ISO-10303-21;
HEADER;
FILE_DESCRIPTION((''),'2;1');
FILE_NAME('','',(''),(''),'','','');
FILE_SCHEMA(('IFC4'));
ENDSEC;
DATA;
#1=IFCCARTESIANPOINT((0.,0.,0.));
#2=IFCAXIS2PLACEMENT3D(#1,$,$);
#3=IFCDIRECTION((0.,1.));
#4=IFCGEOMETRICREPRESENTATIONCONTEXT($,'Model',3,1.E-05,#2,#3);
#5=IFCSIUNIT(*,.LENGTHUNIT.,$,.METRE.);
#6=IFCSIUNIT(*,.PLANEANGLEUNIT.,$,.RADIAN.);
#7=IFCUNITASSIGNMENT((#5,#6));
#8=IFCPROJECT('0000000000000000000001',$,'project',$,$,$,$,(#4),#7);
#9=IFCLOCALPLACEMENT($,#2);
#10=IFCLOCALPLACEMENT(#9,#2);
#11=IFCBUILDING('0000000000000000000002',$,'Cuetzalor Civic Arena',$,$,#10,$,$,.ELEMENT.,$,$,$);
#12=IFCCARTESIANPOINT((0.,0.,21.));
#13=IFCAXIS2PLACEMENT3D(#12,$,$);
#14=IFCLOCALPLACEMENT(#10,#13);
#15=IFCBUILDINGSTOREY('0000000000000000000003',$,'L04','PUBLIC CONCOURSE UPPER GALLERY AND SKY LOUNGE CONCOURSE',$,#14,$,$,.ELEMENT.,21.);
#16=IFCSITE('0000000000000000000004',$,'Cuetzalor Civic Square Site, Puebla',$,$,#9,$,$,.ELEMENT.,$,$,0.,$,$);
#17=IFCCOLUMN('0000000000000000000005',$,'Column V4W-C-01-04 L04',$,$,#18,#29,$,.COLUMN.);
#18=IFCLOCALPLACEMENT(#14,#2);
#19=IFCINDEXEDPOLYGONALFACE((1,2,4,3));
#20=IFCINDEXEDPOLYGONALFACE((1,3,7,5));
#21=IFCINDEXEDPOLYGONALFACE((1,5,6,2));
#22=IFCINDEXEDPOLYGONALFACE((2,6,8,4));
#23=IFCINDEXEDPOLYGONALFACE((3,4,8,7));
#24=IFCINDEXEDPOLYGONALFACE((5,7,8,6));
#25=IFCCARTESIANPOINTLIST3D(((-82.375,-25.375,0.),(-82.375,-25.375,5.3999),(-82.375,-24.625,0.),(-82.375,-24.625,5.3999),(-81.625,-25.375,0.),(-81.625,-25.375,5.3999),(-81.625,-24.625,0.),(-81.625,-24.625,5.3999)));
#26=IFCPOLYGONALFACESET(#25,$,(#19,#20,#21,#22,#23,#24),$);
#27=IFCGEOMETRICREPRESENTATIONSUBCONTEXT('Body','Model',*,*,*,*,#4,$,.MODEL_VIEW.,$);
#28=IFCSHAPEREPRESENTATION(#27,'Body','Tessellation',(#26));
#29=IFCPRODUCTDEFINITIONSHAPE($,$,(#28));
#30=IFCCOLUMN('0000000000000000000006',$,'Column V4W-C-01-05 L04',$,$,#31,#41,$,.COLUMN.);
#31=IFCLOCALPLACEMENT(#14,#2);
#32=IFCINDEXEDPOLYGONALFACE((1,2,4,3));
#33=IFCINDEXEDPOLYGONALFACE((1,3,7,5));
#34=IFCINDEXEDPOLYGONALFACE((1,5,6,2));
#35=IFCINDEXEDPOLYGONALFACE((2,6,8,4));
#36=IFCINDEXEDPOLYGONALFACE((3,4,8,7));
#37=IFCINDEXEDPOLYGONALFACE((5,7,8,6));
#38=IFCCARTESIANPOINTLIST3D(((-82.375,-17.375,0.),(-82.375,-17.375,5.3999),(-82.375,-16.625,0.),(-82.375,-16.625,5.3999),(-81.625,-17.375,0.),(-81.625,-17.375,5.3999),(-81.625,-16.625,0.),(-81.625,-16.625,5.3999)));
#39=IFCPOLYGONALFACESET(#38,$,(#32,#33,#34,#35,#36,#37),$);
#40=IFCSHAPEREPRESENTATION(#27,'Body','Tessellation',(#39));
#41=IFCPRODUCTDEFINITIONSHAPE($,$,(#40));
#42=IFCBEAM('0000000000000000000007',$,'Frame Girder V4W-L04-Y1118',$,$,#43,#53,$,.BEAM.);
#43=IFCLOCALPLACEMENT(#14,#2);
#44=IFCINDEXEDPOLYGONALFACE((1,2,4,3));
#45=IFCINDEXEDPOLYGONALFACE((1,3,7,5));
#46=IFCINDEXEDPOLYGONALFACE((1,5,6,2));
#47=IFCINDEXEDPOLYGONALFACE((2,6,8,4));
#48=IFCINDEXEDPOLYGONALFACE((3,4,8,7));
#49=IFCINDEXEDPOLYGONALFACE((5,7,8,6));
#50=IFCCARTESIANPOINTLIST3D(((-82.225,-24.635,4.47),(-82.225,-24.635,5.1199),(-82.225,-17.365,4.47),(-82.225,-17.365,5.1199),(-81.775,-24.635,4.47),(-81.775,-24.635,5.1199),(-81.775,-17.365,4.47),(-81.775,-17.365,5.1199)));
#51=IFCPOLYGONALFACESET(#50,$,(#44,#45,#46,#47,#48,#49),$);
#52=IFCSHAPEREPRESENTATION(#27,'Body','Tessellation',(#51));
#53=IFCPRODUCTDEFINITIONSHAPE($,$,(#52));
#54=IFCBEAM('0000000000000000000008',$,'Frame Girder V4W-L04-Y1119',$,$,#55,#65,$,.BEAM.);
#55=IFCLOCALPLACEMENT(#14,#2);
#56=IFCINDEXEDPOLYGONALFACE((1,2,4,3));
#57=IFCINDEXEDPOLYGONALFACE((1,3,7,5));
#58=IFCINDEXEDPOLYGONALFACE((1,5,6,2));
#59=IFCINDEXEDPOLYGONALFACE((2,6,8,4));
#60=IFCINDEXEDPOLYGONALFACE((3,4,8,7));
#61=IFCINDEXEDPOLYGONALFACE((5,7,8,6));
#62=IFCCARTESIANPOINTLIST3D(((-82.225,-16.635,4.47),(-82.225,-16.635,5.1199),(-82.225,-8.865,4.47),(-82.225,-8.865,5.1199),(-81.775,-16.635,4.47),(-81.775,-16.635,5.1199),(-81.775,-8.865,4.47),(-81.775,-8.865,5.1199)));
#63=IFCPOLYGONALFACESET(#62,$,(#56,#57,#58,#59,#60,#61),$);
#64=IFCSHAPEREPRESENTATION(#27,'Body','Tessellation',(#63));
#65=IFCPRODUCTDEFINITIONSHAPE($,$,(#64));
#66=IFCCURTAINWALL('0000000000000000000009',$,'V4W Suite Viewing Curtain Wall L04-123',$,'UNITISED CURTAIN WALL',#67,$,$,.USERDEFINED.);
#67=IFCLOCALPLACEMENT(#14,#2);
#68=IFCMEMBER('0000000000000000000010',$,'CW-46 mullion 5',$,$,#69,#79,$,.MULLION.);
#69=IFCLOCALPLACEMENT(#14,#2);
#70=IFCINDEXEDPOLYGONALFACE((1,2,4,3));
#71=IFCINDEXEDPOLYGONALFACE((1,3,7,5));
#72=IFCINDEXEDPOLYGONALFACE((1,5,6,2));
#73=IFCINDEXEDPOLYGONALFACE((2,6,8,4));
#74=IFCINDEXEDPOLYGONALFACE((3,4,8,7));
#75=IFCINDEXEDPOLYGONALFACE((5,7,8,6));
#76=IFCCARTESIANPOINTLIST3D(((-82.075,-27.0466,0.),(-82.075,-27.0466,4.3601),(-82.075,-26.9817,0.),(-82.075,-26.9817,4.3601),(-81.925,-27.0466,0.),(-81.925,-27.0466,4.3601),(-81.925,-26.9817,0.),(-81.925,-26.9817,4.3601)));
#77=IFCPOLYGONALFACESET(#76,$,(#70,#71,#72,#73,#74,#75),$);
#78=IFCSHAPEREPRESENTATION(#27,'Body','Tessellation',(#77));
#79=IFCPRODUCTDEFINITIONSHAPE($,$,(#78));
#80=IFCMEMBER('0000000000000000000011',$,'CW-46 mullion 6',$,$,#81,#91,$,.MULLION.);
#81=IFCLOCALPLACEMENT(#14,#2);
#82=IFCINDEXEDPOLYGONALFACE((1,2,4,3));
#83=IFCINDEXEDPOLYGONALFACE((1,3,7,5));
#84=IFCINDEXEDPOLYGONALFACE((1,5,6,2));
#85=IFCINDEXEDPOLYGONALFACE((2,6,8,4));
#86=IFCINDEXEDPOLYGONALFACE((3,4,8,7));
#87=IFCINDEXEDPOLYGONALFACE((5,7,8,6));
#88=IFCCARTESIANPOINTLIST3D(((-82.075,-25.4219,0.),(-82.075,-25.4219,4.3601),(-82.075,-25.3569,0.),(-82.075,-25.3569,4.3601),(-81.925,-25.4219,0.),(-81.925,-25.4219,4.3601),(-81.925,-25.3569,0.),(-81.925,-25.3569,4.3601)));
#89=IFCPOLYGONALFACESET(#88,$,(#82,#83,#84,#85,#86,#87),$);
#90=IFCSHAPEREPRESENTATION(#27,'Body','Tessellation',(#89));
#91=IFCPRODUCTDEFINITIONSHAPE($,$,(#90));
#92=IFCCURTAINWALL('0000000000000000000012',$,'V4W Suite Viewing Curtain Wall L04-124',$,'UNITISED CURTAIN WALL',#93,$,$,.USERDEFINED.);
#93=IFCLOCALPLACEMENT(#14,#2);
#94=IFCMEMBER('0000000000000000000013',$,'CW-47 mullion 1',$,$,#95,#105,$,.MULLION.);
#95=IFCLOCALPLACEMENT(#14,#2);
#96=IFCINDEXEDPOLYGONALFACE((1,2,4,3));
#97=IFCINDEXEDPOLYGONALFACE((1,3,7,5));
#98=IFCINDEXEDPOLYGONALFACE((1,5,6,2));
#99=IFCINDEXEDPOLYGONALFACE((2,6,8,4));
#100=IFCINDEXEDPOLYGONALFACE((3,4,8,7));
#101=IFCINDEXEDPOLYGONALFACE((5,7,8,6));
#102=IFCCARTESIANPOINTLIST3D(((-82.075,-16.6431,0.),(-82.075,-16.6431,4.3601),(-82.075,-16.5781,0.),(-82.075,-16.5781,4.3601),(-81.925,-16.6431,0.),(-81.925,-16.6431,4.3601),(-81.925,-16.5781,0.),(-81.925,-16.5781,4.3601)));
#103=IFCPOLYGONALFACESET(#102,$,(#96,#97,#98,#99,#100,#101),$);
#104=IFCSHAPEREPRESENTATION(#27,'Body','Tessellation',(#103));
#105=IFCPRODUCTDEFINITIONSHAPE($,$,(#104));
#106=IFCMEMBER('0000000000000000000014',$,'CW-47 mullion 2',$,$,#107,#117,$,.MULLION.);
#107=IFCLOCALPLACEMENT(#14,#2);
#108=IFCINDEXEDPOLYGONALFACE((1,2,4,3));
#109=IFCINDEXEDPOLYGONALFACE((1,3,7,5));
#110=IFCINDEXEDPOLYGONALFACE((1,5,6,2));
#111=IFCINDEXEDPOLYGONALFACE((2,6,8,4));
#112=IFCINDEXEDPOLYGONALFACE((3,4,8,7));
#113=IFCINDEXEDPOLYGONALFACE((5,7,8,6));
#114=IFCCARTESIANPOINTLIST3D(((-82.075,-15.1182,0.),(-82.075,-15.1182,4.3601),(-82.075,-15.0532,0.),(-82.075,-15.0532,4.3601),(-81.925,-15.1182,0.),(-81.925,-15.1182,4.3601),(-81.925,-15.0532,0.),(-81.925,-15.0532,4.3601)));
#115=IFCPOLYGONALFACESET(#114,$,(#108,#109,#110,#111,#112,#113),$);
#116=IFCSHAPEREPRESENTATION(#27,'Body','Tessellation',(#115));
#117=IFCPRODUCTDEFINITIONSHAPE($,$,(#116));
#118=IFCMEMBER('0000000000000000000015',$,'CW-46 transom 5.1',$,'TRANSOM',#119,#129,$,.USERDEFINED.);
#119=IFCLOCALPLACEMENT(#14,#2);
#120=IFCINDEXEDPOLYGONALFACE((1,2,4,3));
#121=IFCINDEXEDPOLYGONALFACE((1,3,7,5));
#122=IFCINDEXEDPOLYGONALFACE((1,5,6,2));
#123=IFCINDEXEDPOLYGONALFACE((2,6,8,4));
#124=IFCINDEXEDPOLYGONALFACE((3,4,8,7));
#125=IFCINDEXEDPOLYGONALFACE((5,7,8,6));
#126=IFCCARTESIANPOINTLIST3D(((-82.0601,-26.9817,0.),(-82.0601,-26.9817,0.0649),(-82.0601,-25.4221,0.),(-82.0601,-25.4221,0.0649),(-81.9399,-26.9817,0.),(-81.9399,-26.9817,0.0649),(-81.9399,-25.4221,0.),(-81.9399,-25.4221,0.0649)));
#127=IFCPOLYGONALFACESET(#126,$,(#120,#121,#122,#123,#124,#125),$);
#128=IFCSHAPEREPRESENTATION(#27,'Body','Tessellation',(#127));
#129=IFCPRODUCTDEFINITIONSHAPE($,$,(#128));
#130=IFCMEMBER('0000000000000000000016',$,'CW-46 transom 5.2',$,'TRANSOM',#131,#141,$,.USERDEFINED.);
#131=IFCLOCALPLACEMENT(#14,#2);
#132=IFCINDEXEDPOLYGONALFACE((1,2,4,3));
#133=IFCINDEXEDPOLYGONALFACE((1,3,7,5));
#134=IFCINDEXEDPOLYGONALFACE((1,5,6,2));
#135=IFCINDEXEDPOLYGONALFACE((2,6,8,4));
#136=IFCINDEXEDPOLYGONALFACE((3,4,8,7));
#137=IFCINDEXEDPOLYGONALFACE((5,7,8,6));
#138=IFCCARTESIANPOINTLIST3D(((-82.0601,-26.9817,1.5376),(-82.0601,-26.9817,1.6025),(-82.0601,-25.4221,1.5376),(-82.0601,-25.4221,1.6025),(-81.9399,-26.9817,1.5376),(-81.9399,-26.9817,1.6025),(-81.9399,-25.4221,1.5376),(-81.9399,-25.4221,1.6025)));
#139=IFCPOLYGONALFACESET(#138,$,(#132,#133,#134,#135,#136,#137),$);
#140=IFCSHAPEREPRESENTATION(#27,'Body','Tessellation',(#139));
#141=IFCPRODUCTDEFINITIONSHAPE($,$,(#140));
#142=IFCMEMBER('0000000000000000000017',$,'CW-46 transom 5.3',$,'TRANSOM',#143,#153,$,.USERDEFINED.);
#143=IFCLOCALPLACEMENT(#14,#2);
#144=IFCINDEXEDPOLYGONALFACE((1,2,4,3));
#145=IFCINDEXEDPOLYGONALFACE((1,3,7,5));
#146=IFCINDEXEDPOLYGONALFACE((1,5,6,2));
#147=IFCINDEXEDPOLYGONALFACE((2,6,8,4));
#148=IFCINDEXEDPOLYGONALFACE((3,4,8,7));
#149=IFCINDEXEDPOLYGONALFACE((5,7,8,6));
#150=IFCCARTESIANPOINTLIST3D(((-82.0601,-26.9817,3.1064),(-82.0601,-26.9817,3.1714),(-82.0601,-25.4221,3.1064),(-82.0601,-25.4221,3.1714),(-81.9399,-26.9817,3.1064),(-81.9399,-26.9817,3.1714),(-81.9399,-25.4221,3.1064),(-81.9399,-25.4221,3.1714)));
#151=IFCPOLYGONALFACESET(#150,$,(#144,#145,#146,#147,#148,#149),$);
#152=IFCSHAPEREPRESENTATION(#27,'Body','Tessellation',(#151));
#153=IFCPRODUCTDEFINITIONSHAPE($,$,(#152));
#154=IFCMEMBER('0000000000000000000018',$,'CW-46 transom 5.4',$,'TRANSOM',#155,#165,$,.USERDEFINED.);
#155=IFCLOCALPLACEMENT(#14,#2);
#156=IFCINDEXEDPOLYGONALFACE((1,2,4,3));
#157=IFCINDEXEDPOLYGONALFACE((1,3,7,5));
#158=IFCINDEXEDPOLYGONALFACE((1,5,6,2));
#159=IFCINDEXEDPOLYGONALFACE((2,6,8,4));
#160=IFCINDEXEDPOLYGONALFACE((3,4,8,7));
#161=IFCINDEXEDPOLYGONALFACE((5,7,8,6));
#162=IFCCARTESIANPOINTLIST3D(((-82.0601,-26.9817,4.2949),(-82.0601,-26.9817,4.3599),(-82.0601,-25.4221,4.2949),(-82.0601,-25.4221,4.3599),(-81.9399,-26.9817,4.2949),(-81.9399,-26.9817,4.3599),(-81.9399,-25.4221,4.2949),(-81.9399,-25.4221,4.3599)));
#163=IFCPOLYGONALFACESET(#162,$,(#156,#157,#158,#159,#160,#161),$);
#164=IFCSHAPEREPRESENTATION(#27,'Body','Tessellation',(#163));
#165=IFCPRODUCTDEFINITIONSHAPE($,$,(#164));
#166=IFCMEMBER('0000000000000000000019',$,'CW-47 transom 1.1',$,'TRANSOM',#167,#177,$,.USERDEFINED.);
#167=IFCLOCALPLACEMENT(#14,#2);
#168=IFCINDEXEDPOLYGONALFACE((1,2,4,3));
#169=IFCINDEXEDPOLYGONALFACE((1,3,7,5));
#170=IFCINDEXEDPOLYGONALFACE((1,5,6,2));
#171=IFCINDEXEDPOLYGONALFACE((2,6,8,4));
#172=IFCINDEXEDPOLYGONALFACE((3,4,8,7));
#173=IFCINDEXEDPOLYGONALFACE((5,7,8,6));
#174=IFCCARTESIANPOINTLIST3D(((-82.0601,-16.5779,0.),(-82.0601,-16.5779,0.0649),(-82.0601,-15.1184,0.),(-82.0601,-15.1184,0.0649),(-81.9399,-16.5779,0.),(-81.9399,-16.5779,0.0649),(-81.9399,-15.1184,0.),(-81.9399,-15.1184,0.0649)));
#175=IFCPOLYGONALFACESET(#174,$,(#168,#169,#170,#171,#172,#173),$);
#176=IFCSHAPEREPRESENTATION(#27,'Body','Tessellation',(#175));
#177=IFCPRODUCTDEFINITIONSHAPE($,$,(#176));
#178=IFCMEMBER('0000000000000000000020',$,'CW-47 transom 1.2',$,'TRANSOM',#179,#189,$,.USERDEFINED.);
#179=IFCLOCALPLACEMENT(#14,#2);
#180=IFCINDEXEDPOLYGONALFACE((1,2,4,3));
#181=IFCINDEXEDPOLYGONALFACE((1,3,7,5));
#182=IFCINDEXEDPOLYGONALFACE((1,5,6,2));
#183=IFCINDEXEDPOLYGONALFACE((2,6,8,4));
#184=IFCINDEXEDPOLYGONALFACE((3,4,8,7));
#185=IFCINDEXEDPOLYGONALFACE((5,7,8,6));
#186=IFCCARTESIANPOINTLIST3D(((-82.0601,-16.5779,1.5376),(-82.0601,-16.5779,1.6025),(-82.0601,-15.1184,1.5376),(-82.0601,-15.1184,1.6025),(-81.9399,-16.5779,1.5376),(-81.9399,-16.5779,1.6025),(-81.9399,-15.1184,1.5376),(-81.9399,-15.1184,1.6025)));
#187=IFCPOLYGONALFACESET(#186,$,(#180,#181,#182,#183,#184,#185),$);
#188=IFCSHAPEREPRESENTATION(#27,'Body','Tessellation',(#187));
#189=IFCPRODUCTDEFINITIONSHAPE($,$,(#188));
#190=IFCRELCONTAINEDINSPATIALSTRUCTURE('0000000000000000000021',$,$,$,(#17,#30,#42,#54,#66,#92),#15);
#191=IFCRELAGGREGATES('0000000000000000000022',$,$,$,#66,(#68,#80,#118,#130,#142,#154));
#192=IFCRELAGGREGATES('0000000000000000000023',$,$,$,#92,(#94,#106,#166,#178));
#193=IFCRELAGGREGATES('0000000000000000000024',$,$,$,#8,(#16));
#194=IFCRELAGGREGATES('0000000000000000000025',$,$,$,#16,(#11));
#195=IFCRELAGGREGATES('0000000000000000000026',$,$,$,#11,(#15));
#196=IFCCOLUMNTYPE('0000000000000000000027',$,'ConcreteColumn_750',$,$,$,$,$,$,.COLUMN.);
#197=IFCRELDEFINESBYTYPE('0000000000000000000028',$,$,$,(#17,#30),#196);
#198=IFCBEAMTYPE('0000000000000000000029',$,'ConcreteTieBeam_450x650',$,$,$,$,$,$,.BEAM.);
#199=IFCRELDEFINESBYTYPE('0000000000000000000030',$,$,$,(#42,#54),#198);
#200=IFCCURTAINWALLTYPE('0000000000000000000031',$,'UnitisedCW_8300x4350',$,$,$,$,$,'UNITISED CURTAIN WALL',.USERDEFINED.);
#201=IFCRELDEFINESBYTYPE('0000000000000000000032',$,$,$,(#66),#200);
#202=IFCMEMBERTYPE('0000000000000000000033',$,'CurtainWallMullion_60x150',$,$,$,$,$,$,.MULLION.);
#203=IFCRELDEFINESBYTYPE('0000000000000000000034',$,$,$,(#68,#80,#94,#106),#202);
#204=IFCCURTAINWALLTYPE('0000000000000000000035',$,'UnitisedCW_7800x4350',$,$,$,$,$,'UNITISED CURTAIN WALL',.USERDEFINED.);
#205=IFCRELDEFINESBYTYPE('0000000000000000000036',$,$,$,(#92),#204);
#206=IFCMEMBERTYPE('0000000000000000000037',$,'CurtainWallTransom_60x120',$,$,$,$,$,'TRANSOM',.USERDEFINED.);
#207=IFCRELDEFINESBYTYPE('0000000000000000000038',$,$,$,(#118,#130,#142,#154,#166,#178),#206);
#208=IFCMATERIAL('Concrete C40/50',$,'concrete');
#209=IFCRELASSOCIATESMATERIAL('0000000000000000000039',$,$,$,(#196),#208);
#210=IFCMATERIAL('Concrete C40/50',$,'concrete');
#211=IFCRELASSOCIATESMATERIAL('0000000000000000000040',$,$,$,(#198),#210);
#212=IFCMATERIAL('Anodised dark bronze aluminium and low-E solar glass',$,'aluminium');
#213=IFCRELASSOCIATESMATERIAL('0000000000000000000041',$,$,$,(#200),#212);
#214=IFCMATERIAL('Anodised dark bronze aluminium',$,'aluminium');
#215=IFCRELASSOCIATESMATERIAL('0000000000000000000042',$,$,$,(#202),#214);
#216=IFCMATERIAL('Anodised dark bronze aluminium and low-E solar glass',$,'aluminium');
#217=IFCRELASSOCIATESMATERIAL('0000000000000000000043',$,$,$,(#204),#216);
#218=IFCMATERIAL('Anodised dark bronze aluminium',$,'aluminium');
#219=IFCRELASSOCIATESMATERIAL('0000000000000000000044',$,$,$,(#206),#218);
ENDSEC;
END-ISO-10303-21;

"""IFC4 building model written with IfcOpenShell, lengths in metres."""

from ifc_helpers import new_model, si_unit, direction, frame, origin, origin_2d, place, context, subcontext, project, spatial, rectangle, extrude, material, material_profile, profile_set, type_object, element, aggregate, save


model = new_model("IFC4")

# Units and contexts
model_context = context("Model", 3, precision=1e-05, world=origin(), true_north=direction((0.0, 1.0)))
body_context = subcontext(model_context, "Body", "Model", "MODEL_VIEW")
ifc_project = project(units=[si_unit("LENGTHUNIT", "METRE"), si_unit("PLANEANGLEUNIT", "RADIAN")], contexts=[model_context])

# Site, building, storey
site_placement = place(None, origin())
site = spatial("IfcSite", under=ifc_project, at=site_placement, Name="Cuetzalor Civic Square Site, Puebla", CompositionType="ELEMENT", RefElevation=0.0)
building_placement = place(site_placement, origin())
building = spatial("IfcBuilding", under=site, at=building_placement, Name="Cuetzalor Civic Arena", CompositionType="ELEMENT")
storey_placement = place(building_placement, frame((0.0, 0.0, 21.0)))
storey = spatial("IfcBuildingStorey", under=building, at=storey_placement, Name="L04", Description="PUBLIC CONCOURSE UPPER GALLERY AND SKY LOUNGE CONCOURSE", CompositionType="ELEMENT", Elevation=21.0)

# Columns
ifc_material_1 = material(Name="Concrete C40/50", Category="concrete")
ifc_material_profile_1 = material_profile(ifc_material_1, rectangle(XDim=0.75, YDim=0.75, at=origin_2d()), Name="RC 750x750")
ifc_profile_set_1 = profile_set([ifc_material_profile_1], Name="Concrete C40/50")
column_type = type_object("IfcColumnType", Name="ConcreteColumn_750", PredefinedType="COLUMN", material=ifc_profile_set_1)
for number, where, z_axis, x_axis, name in (
    (1, (-82.0, -25.0, 0.0), (0.0, 0.0, 1.0), (1.0, 0.0, 0.0), "Column V4W-C-01-04 L04"),
    (2, (-82.0, -17.0, 0.0), (0.0, 0.0, 1.0), (1.0, 0.0, 0.0), "Column V4W-C-01-05 L04"),
):
    element("IfcColumn", number, at=place(storey_placement, frame(where, z_axis=z_axis, x_axis=x_axis)), inside=storey, type_object=column_type, Name=name, PredefinedType="COLUMN", context=body_context, shape_type="SweptSolid", body=[
        extrude(rectangle(XDim=0.75, YDim=0.75, at=origin_2d()), origin(), (0.0, 0.0, 1.0), 5.3999),
    ])

# Beams
ifc_material_2 = material(Name="Concrete C40/50", Category="concrete")
ifc_material_profile_2 = material_profile(ifc_material_2, rectangle(XDim=0.45, YDim=0.6499, at=origin_2d()), Name="RC 450x650")
ifc_profile_set_2 = profile_set([ifc_material_profile_2], Name="Concrete C40/50")
beam_type = type_object("IfcBeamType", Name="ConcreteTieBeam_450x650", PredefinedType="BEAM", material=ifc_profile_set_2)
beam_1_placement = place(storey_placement, frame((-82.0, -24.635, 4.7949), z_axis=(0.0, 1.0, 0.0), x_axis=(-1.0, 0.0, 0.0)))
element("IfcBeam", 3, at=beam_1_placement, inside=storey, type_object=beam_type, Name="Frame Girder V4W-L04-Y1118", PredefinedType="BEAM", context=body_context, shape_type="SweptSolid", body=[
    extrude(rectangle(XDim=0.45, YDim=0.6499, at=origin_2d()), origin(), (0.0, 0.0, 1.0), 7.27),
])
beam_2_placement = place(storey_placement, frame((-82.0, -16.635, 4.7949), z_axis=(0.0, 1.0, 0.0), x_axis=(-1.0, 0.0, 0.0)))
element("IfcBeam", 4, at=beam_2_placement, inside=storey, type_object=beam_type, Name="Frame Girder V4W-L04-Y1119", PredefinedType="BEAM", context=body_context, shape_type="SweptSolid", body=[
    extrude(rectangle(XDim=0.45, YDim=0.6499, at=origin_2d()), origin(), (0.0, 0.0, 1.0), 7.77),
])

# Curtain walls, members
ifc_material_3 = material(Name="Anodised dark bronze aluminium and low-E solar glass", Category="aluminium")
curtain_wall_type_1 = type_object("IfcCurtainWallType", Name="UnitisedCW_8300x4350", ElementType="UNITISED CURTAIN WALL", PredefinedType="USERDEFINED", material=ifc_material_3)
curtain_wall_1_placement = place(storey_placement, origin())
curtain_wall_1 = element("IfcCurtainWall", 5, at=curtain_wall_1_placement, inside=storey, type_object=curtain_wall_type_1, Name="V4W Suite Viewing Curtain Wall L04-123", ObjectType="UNITISED CURTAIN WALL", PredefinedType="USERDEFINED")
ifc_material_4 = material(Name="Anodised dark bronze aluminium", Category="aluminium")
ifc_material_profile_3 = material_profile(ifc_material_4, rectangle(XDim=0.0649, YDim=0.1499, at=origin_2d()), Name="ALU MULLION 65x150")
ifc_profile_set_3 = profile_set([ifc_material_profile_3], Name="Anodised dark bronze aluminium")
member_type_1 = type_object("IfcMemberType", Name="CurtainWallMullion_60x150", PredefinedType="MULLION", material=ifc_profile_set_3)
member_1_placement = place(storey_placement, frame((-82.0, -27.0142, 0.0), z_axis=(0.0, 0.0, 1.0), x_axis=(0.0, 1.0, 0.0)))
member_1 = element("IfcMember", 6, at=member_1_placement, type_object=member_type_1, Name="CW-46 mullion 5", PredefinedType="MULLION", context=body_context, shape_type="SweptSolid", body=[
    extrude(rectangle(XDim=0.0649, YDim=0.1499, at=origin_2d()), origin(), (0.0, 0.0, 1.0), 4.3601),
])
member_2_placement = place(storey_placement, frame((-82.0, -25.3894, 0.0), z_axis=(0.0, 0.0, 1.0), x_axis=(0.0, 1.0, 0.0)))
member_2 = element("IfcMember", 7, at=member_2_placement, type_object=member_type_1, Name="CW-46 mullion 6", PredefinedType="MULLION", context=body_context, shape_type="SweptSolid", body=[
    extrude(rectangle(XDim=0.0649, YDim=0.1499, at=origin_2d()), origin(), (0.0, 0.0, 1.0), 4.3601),
])
ifc_material_5 = material(Name="Anodised dark bronze aluminium and low-E solar glass", Category="aluminium")
curtain_wall_type_2 = type_object("IfcCurtainWallType", Name="UnitisedCW_7800x4350", ElementType="UNITISED CURTAIN WALL", PredefinedType="USERDEFINED", material=ifc_material_5)
curtain_wall_2_placement = place(storey_placement, origin())
curtain_wall_2 = element("IfcCurtainWall", 8, at=curtain_wall_2_placement, inside=storey, type_object=curtain_wall_type_2, Name="V4W Suite Viewing Curtain Wall L04-124", ObjectType="UNITISED CURTAIN WALL", PredefinedType="USERDEFINED")
member_3_placement = place(storey_placement, frame((-82.0, -16.6106, 0.0), z_axis=(0.0, 0.0, 1.0), x_axis=(0.0, 1.0, 0.0)))
member_3 = element("IfcMember", 9, at=member_3_placement, type_object=member_type_1, Name="CW-47 mullion 1", PredefinedType="MULLION", context=body_context, shape_type="SweptSolid", body=[
    extrude(rectangle(XDim=0.0649, YDim=0.1499, at=origin_2d()), origin(), (0.0, 0.0, 1.0), 4.3601),
])
member_4_placement = place(storey_placement, frame((-82.0, -15.0857, 0.0), z_axis=(0.0, 0.0, 1.0), x_axis=(0.0, 1.0, 0.0)))
member_4 = element("IfcMember", 10, at=member_4_placement, type_object=member_type_1, Name="CW-47 mullion 2", PredefinedType="MULLION", context=body_context, shape_type="SweptSolid", body=[
    extrude(rectangle(XDim=0.0649, YDim=0.1499, at=origin_2d()), origin(), (0.0, 0.0, 1.0), 4.3601),
])

# Members
ifc_material_6 = material(Name="Anodised dark bronze aluminium", Category="aluminium")
ifc_material_profile_4 = material_profile(ifc_material_6, rectangle(XDim=0.1201, YDim=0.0649, at=origin_2d()), Name="ALU TRANSOM 65x120")
ifc_profile_set_4 = profile_set([ifc_material_profile_4], Name="Anodised dark bronze aluminium")
member_type_2 = type_object("IfcMemberType", Name="CurtainWallTransom_60x120", ElementType="TRANSOM", PredefinedType="USERDEFINED", material=ifc_profile_set_4)
member_5_placement = place(storey_placement, frame((-82.0, -26.9817, 0.0325), z_axis=(0.0, 1.0, 0.0), x_axis=(-1.0, 0.0, 0.0)))
member_5 = element("IfcMember", 11, at=member_5_placement, type_object=member_type_2, Name="CW-46 transom 5.1", ObjectType="TRANSOM", PredefinedType="USERDEFINED", context=body_context, shape_type="SweptSolid", body=[
    extrude(rectangle(XDim=0.1201, YDim=0.0649, at=origin_2d()), origin(), (0.0, 0.0, 1.0), 1.5596),
])
member_6_placement = place(storey_placement, frame((-82.0, -26.9817, 1.5701), z_axis=(0.0, 1.0, 0.0), x_axis=(-1.0, 0.0, 0.0)))
member_6 = element("IfcMember", 12, at=member_6_placement, type_object=member_type_2, Name="CW-46 transom 5.2", ObjectType="TRANSOM", PredefinedType="USERDEFINED", context=body_context, shape_type="SweptSolid", body=[
    extrude(rectangle(XDim=0.1201, YDim=0.0649, at=origin_2d()), origin(), (0.0, 0.0, 1.0), 1.5596),
])
member_7_placement = place(storey_placement, frame((-82.0, -26.9817, 3.1389), z_axis=(0.0, 1.0, 0.0), x_axis=(-1.0, 0.0, 0.0)))
member_7 = element("IfcMember", 13, at=member_7_placement, type_object=member_type_2, Name="CW-46 transom 5.3", ObjectType="TRANSOM", PredefinedType="USERDEFINED", context=body_context, shape_type="SweptSolid", body=[
    extrude(rectangle(XDim=0.1201, YDim=0.0649, at=origin_2d()), origin(), (0.0, 0.0, 1.0), 1.5596),
])
member_8_placement = place(storey_placement, frame((-82.0, -26.9817, 4.3274), z_axis=(0.0, 1.0, 0.0), x_axis=(-1.0, 0.0, 0.0)))
member_8 = element("IfcMember", 14, at=member_8_placement, type_object=member_type_2, Name="CW-46 transom 5.4", ObjectType="TRANSOM", PredefinedType="USERDEFINED", context=body_context, shape_type="SweptSolid", body=[
    extrude(rectangle(XDim=0.1201, YDim=0.0649, at=origin_2d()), origin(), (0.0, 0.0, 1.0), 1.5596),
])
member_9_placement = place(storey_placement, frame((-82.0, -16.5779, 0.0325), z_axis=(0.0, 1.0, 0.0), x_axis=(-1.0, 0.0, 0.0)))
member_9 = element("IfcMember", 15, at=member_9_placement, type_object=member_type_2, Name="CW-47 transom 1.1", ObjectType="TRANSOM", PredefinedType="USERDEFINED", context=body_context, shape_type="SweptSolid", body=[
    extrude(rectangle(XDim=0.1201, YDim=0.0649, at=origin_2d()), origin(), (0.0, 0.0, 1.0), 1.4595),
])
member_10_placement = place(storey_placement, frame((-82.0, -16.5779, 1.5701), z_axis=(0.0, 1.0, 0.0), x_axis=(-1.0, 0.0, 0.0)))
member_10 = element("IfcMember", 16, at=member_10_placement, type_object=member_type_2, Name="CW-47 transom 1.2", ObjectType="TRANSOM", PredefinedType="USERDEFINED", context=body_context, shape_type="SweptSolid", body=[
    extrude(rectangle(XDim=0.1201, YDim=0.0649, at=origin_2d()), origin(), (0.0, 0.0, 1.0), 1.4595),
])

aggregate(curtain_wall_1, [member_1, member_2, member_5, member_6, member_7, member_8])
aggregate(curtain_wall_2, [member_3, member_4, member_9, member_10])

save(model, "model.ifc")
